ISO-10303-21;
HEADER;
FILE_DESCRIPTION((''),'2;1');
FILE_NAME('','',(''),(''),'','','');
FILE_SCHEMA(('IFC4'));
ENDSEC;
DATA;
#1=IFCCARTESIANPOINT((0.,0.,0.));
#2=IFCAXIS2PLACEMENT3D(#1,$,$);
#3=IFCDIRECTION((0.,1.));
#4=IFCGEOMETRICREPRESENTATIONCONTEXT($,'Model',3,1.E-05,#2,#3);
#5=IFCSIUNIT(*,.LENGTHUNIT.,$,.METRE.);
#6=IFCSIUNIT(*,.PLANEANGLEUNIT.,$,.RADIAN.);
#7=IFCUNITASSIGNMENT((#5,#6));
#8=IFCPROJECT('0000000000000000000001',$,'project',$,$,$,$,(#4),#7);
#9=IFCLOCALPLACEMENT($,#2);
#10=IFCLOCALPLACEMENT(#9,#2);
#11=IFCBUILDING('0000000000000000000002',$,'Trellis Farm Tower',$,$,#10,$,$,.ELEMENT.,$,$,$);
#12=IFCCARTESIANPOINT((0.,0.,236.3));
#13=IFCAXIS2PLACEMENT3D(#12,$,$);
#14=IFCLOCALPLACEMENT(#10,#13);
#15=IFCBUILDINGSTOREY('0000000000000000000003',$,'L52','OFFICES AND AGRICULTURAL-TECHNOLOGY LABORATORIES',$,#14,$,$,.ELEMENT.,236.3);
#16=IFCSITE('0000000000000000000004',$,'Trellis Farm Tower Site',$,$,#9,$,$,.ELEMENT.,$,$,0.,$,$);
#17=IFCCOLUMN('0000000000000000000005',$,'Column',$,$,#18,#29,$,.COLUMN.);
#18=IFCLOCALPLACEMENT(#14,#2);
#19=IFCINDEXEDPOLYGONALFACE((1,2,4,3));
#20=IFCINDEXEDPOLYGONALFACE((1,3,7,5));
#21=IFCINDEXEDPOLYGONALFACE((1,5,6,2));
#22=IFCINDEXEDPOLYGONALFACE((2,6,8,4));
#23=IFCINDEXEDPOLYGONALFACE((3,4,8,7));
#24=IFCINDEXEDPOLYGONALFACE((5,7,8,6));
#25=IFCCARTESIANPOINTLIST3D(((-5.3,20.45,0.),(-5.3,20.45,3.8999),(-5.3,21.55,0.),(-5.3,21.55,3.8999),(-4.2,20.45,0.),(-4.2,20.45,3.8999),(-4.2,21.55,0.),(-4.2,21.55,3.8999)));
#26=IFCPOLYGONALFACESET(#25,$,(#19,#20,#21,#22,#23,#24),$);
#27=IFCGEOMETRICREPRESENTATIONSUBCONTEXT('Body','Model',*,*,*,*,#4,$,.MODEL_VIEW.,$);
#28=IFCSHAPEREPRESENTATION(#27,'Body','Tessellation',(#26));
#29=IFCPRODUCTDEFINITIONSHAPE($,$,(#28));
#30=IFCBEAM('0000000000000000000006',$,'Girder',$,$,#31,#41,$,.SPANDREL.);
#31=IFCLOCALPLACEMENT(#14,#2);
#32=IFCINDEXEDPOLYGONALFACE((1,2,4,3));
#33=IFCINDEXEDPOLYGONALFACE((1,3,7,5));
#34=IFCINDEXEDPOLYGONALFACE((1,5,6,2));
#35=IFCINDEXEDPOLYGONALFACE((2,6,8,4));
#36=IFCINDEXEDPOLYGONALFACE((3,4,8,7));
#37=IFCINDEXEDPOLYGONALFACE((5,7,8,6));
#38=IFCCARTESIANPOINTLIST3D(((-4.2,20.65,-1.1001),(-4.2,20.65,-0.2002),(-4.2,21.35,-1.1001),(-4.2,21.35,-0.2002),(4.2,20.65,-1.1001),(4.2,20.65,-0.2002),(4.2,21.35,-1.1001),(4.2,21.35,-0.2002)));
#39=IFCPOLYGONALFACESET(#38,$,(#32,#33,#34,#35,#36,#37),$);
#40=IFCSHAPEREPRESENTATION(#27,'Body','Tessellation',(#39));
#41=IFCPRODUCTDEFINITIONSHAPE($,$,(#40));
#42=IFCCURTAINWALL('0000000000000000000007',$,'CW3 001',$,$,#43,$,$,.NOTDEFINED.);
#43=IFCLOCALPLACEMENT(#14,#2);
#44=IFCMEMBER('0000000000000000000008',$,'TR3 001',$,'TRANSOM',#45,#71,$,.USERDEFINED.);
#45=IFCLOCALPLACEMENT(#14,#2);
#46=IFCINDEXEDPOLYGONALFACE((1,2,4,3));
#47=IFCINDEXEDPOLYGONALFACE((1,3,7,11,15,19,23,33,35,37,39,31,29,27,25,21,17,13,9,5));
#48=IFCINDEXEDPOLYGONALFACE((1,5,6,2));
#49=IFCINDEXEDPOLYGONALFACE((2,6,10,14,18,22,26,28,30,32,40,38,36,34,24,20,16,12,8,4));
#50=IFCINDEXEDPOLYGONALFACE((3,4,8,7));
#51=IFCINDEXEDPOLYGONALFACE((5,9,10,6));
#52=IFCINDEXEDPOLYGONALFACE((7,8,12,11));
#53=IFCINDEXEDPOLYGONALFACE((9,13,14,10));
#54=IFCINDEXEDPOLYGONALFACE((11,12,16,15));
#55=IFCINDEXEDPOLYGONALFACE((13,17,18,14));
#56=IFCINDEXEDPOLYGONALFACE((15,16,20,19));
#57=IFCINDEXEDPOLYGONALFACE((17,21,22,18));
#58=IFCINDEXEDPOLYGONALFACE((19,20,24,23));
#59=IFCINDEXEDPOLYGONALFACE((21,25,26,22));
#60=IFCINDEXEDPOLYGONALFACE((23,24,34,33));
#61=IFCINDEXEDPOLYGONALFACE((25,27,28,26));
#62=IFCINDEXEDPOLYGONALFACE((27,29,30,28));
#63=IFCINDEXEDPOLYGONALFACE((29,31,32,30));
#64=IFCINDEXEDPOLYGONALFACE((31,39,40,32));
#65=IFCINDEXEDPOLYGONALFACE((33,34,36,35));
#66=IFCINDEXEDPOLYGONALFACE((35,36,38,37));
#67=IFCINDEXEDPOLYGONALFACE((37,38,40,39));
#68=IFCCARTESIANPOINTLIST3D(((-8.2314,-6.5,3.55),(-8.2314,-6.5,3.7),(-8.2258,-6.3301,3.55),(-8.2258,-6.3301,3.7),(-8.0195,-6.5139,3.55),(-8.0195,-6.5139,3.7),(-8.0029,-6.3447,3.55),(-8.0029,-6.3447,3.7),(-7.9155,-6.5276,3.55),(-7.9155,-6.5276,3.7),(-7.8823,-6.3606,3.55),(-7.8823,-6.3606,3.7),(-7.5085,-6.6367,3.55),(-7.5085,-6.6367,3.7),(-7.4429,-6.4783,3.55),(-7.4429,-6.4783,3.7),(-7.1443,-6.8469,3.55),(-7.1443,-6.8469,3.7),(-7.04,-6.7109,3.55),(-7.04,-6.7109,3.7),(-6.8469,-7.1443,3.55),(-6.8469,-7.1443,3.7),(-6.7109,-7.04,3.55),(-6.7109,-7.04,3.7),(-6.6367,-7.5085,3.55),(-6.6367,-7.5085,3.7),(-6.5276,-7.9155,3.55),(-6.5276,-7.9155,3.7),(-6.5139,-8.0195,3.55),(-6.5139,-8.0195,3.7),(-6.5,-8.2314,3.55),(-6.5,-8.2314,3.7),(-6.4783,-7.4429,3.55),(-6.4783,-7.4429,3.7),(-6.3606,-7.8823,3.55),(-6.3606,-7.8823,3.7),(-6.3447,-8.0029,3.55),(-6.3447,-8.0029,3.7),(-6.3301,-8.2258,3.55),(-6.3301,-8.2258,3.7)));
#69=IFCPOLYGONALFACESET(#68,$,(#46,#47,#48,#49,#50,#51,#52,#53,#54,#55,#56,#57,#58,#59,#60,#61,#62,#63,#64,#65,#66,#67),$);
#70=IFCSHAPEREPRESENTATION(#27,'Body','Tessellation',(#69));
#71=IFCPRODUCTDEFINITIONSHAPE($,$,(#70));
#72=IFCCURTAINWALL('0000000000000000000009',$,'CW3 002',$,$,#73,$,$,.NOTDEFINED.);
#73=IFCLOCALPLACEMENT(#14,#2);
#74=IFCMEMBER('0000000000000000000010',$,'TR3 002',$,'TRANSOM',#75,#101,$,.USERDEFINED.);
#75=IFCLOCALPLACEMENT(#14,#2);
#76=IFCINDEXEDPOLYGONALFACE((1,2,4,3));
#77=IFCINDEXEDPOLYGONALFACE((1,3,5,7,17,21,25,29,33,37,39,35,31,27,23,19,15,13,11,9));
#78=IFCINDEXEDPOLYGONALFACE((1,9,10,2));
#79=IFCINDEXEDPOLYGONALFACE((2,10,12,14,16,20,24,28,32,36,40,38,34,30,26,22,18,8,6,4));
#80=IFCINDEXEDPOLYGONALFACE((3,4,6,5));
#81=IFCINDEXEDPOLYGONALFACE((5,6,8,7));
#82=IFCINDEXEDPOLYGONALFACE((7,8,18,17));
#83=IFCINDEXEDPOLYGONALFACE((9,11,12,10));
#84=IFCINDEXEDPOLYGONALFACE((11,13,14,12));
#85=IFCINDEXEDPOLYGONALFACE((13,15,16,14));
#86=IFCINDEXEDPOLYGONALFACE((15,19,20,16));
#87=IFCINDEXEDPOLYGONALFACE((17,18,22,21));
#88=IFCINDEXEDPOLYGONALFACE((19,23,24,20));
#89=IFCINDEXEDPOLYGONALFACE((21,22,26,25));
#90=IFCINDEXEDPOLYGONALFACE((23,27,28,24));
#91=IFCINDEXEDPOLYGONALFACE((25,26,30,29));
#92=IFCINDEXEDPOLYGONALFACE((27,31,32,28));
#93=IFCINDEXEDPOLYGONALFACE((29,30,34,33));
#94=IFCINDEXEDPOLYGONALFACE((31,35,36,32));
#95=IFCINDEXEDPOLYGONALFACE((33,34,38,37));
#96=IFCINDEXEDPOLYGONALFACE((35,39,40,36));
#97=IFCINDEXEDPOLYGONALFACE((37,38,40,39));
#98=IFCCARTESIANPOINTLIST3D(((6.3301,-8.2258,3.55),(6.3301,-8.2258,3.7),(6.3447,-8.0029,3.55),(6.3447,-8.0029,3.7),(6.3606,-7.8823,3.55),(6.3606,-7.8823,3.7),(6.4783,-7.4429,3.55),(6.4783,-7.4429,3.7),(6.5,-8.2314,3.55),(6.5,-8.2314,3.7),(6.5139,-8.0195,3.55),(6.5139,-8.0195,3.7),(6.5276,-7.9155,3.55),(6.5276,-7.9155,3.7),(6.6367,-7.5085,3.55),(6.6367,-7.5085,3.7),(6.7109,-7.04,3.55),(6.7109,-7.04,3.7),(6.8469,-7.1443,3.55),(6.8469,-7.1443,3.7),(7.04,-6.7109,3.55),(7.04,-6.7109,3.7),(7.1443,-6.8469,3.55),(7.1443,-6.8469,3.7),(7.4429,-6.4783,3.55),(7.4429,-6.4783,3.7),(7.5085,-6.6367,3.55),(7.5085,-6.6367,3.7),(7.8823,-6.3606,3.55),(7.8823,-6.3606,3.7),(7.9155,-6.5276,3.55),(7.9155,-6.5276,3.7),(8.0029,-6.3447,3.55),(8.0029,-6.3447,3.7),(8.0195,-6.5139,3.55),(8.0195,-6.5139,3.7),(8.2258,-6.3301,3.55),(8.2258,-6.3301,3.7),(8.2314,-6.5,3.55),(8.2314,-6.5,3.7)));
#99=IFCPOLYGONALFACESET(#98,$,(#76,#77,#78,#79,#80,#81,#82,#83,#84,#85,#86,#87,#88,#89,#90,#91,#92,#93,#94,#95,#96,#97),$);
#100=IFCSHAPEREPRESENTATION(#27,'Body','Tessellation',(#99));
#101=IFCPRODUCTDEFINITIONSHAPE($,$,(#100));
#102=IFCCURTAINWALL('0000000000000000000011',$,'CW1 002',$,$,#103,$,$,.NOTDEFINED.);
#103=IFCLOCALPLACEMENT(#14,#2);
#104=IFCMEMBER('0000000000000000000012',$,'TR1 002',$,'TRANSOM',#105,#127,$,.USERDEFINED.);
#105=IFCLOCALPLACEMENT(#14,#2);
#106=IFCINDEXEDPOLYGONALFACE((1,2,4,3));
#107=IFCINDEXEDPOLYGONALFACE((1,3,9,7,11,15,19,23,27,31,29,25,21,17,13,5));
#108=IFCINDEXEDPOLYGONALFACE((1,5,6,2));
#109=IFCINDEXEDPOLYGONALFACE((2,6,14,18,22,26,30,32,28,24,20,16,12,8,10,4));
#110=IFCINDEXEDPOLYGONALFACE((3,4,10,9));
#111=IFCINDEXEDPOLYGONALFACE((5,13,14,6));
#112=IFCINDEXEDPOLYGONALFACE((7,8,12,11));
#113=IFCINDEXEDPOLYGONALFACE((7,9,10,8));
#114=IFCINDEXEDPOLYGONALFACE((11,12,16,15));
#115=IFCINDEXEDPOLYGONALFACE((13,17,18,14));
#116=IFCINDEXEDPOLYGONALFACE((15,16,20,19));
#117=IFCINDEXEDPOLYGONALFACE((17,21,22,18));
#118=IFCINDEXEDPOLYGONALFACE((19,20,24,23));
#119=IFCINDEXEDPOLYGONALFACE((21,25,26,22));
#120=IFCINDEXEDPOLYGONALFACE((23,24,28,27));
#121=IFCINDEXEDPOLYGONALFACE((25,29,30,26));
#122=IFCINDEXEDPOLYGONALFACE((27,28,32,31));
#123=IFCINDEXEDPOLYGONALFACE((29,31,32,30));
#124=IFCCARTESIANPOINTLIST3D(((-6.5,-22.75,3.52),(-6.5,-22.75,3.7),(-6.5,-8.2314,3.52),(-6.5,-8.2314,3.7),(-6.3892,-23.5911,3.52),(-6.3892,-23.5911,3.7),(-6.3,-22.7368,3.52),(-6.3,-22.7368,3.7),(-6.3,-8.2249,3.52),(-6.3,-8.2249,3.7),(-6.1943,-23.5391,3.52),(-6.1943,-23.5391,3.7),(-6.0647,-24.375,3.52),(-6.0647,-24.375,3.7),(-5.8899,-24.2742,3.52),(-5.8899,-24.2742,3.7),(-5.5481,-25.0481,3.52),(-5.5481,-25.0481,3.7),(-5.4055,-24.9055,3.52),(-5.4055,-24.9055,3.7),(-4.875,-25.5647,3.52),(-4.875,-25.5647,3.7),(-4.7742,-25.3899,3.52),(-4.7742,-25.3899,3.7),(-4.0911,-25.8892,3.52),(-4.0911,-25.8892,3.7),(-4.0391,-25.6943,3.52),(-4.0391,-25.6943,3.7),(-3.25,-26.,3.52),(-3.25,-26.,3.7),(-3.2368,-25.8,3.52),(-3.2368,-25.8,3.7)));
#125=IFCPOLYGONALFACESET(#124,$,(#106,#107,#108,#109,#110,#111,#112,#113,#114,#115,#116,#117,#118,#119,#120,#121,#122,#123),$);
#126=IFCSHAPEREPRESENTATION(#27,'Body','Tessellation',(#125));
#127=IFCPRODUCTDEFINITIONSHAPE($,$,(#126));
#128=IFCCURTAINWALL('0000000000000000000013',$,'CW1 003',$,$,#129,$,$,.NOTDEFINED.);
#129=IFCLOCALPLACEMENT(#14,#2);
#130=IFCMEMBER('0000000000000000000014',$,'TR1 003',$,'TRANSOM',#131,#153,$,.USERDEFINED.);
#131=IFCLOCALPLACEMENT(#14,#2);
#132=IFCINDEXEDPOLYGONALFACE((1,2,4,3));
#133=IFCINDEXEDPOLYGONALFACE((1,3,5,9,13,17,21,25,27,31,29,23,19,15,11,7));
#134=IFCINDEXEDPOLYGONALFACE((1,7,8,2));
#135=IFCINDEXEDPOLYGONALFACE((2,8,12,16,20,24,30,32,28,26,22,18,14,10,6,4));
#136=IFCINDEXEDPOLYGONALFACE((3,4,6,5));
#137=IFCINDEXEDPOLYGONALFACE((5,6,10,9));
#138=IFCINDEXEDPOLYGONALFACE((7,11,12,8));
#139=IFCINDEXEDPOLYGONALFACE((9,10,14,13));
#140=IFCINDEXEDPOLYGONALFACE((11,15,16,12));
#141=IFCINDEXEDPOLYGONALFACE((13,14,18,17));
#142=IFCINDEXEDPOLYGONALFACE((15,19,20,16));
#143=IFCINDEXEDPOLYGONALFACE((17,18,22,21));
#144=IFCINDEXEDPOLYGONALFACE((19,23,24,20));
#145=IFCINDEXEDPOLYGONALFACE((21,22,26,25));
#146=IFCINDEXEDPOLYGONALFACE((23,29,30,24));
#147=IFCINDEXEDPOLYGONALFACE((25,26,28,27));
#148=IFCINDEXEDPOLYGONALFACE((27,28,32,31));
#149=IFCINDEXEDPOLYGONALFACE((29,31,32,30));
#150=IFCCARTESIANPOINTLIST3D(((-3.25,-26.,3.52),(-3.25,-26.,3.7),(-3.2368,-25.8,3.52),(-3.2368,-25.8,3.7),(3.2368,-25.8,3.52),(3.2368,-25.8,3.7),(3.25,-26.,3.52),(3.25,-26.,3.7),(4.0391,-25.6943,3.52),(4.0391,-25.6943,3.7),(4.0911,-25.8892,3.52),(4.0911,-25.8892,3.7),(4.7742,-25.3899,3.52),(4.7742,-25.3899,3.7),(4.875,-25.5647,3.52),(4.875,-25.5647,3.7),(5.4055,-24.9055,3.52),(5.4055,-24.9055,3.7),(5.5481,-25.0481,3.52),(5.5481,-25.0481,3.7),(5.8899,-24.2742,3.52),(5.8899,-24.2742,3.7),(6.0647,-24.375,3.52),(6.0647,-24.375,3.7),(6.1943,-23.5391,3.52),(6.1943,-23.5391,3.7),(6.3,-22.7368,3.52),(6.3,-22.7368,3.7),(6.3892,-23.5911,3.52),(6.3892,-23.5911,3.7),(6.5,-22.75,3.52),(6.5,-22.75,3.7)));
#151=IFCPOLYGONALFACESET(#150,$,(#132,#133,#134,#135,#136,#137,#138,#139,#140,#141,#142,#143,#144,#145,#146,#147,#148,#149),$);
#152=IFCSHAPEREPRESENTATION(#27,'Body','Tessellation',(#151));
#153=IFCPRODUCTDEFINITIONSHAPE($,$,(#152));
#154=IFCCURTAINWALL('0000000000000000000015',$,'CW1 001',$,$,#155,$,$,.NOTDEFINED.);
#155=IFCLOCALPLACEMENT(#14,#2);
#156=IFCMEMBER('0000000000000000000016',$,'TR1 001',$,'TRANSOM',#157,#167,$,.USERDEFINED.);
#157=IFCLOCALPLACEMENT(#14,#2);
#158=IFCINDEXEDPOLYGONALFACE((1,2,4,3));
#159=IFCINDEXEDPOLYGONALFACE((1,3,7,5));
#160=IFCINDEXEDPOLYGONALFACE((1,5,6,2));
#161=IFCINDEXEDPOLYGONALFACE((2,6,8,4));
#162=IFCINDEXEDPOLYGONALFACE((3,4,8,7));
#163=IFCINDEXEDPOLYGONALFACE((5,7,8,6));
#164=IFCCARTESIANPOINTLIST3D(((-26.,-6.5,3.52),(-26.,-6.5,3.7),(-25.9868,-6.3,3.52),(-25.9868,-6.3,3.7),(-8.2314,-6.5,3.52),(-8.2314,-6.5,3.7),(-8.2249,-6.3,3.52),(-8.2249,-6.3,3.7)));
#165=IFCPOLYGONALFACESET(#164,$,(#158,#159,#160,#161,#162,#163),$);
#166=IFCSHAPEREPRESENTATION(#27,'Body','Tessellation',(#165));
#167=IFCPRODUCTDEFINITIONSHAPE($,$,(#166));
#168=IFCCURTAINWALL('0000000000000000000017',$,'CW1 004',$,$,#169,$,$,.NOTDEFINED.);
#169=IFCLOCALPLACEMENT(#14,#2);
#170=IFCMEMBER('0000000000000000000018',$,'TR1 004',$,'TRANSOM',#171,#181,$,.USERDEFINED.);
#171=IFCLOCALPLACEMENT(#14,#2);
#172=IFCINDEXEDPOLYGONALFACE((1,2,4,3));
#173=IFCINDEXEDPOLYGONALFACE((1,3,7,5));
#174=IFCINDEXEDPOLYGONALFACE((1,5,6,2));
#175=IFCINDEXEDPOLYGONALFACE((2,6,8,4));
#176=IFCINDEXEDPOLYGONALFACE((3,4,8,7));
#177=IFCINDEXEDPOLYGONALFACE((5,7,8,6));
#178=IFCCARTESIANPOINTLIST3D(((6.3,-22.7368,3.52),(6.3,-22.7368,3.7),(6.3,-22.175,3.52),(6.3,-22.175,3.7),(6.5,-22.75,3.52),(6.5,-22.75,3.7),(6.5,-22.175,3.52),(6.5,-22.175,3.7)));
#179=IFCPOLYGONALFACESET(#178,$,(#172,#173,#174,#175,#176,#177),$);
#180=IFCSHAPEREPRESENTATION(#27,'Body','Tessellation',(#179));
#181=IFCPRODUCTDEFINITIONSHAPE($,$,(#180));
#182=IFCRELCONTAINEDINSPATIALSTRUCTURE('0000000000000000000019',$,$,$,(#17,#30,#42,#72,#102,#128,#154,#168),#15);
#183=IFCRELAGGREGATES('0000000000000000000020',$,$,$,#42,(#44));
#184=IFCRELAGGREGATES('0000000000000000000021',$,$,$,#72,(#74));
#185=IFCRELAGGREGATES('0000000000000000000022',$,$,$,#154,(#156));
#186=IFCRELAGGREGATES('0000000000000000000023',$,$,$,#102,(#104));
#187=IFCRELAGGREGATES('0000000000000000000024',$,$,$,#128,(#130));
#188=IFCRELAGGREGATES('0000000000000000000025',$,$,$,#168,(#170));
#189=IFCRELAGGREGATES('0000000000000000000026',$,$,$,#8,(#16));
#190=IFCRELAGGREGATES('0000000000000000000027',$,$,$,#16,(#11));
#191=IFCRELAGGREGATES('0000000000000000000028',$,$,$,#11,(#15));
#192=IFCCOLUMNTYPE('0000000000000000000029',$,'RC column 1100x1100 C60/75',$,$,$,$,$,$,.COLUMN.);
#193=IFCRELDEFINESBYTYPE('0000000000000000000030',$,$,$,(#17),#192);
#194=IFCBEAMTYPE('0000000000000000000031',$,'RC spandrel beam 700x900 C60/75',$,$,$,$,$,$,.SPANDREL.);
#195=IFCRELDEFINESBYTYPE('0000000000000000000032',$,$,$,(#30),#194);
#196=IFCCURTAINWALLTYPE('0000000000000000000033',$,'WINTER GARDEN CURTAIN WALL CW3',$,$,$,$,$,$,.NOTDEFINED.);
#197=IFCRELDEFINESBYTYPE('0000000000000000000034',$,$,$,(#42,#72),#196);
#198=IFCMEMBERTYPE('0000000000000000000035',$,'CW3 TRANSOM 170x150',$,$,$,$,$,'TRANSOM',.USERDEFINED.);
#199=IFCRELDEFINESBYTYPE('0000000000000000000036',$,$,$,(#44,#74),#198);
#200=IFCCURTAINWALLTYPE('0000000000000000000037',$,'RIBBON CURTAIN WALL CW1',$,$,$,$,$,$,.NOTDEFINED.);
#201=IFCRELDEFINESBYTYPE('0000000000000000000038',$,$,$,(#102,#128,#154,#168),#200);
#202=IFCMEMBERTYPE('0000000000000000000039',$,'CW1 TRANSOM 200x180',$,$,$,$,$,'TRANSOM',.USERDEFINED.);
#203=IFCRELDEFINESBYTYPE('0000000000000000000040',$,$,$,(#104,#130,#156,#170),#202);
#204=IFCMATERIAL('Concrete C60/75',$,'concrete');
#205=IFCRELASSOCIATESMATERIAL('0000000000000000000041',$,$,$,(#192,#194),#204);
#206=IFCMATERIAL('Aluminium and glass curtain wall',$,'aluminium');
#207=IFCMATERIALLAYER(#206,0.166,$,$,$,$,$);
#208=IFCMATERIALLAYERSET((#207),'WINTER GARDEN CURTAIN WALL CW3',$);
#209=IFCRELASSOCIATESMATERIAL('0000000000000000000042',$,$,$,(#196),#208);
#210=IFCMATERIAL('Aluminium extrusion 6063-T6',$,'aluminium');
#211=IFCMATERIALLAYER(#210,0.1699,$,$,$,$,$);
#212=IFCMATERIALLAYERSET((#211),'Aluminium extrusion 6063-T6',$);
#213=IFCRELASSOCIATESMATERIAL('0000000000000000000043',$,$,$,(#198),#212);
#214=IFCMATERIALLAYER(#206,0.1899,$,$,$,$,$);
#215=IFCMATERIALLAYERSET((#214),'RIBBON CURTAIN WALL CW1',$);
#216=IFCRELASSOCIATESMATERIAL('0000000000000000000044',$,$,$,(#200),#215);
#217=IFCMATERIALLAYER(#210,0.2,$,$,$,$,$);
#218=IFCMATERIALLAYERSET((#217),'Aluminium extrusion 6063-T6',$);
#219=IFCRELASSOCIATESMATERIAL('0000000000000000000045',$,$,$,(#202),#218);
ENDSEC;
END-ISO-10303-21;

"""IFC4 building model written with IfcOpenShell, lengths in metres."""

from ifc_helpers import new_model, si_unit, direction, frame, origin, origin_2d, place, context, subcontext, project, spatial, polyline, rectangle, outline, extrude, source, transform, mapped, material, layer, layer_set, material_profile, profile_set, type_object, element, aggregate, save


model = new_model("IFC4")

# Units and contexts
model_context = context("Model", 3, precision=1e-05, world=origin(), true_north=direction((0.0, 1.0)))
body_context = subcontext(model_context, "Body", "Model", "MODEL_VIEW")
ifc_project = project(units=[si_unit("LENGTHUNIT", "METRE"), si_unit("PLANEANGLEUNIT", "RADIAN")], contexts=[model_context])

# Site, building, storey
site_placement = place(None, origin())
site = spatial("IfcSite", under=ifc_project, at=site_placement, Name="Trellis Farm Tower Site", CompositionType="ELEMENT", RefElevation=0.0)
building_placement = place(site_placement, origin())
building = spatial("IfcBuilding", under=site, at=building_placement, Name="Trellis Farm Tower", CompositionType="ELEMENT")
storey_placement = place(building_placement, frame((0.0, 0.0, 236.3)))
storey = spatial("IfcBuildingStorey", under=building, at=storey_placement, Name="L52", Description="OFFICES AND AGRICULTURAL-TECHNOLOGY LABORATORIES", CompositionType="ELEMENT", Elevation=236.3)

# Column
ifc_material_1 = material(Name="Concrete C60/75", Category="concrete")
ifc_material_profile_1 = material_profile(ifc_material_1, rectangle(XDim=1.1001, YDim=1.1001, at=origin_2d()), Name="RC column 1100x1100 C60/75")
ifc_profile_set_1 = profile_set([ifc_material_profile_1], Name="Concrete C60/75")
column_type = type_object("IfcColumnType", Name="RC column 1100x1100 C60/75", PredefinedType="COLUMN", material=ifc_profile_set_1)
shared_shape_1 = source(origin(), body_context, "Body", "SweptSolid", [
    extrude(rectangle(XDim=1.1001, YDim=1.1001, at=origin_2d()), origin(), (0.0, 0.0, 1.0), 3.8999),
])
column_placement = place(storey_placement, frame((-4.75, 21.0, 0.0), z_axis=(0.0, 0.0, 1.0), x_axis=(1.0, 0.0, 0.0)))
element("IfcColumn", 1, at=column_placement, inside=storey, type_object=column_type, Name="Column", PredefinedType="COLUMN", context=body_context, shape_type="MappedRepresentation", body=[
    mapped(shared_shape_1, transform((0.0, 0.0, 0.0))),
])

# Beam
ifc_material_profile_2 = material_profile(ifc_material_1, rectangle(XDim=0.7, YDim=0.8999, at=origin_2d()), Name="RC spandrel beam 700x900 C60/75")
ifc_profile_set_2 = profile_set([ifc_material_profile_2], Name="Concrete C60/75")
beam_type = type_object("IfcBeamType", Name="RC spandrel beam 700x900 C60/75", PredefinedType="SPANDREL", material=ifc_profile_set_2)
shared_shape_2 = source(origin(), body_context, "Body", "SweptSolid", [
    extrude(rectangle(XDim=0.7, YDim=0.8999, at=origin_2d()), origin(), (0.0, 0.0, 1.0), 8.3999),
])
beam_placement = place(storey_placement, frame((-4.2, 21.0, -0.6501), z_axis=(1.0, 0.0, 0.0), x_axis=(0.0, 1.0, 0.0)))
element("IfcBeam", 2, at=beam_placement, inside=storey, type_object=beam_type, Name="Girder", PredefinedType="SPANDREL", context=body_context, shape_type="MappedRepresentation", body=[
    mapped(shared_shape_2, transform((0.0, 0.0, 0.0))),
])

# Curtain walls, members
ifc_material_2 = material(Name="Aluminium and glass curtain wall", Category="aluminium")
ifc_layer_1 = layer(ifc_material_2, 0.166)
ifc_layer_set_1 = layer_set([ifc_layer_1], Name="WINTER GARDEN CURTAIN WALL CW3")
curtain_wall_type_1 = type_object("IfcCurtainWallType", Name="WINTER GARDEN CURTAIN WALL CW3", PredefinedType="NOTDEFINED", material=ifc_layer_set_1)
placement_1 = place(storey_placement, origin())
curtain_wall_1 = element("IfcCurtainWall", 3, at=placement_1, inside=storey, type_object=curtain_wall_type_1, Name="CW3 001", PredefinedType="NOTDEFINED")
ifc_material_3 = material(Name="Aluminium extrusion 6063-T6", Category="aluminium")
ifc_layer_2 = layer(ifc_material_3, 0.1699)
ifc_layer_set_2 = layer_set([ifc_layer_2], Name="Aluminium extrusion 6063-T6")
member_type_1 = type_object("IfcMemberType", Name="CW3 TRANSOM 170x150", ElementType="TRANSOM", PredefinedType="USERDEFINED", material=ifc_layer_set_2)
shared_shape_3 = source(origin(), body_context, "Body", "SweptSolid", [
    extrude(outline(polyline([(-8.2314, -6.5), (-8.0195, -6.5139), (-7.9155, -6.5276), (-7.5085, -6.6367), (-7.1443, -6.8469), (-6.8469, -7.1443), (-6.6367, -7.5085), (-6.5276, -7.9155), (-6.5139, -8.0195), (-6.5, -8.2314), (-6.3301, -8.2258), (-6.3447, -8.0029), (-6.3606, -7.8823), (-6.4783, -7.4429), (-6.7109, -7.04), (-7.04, -6.7109), (-7.4429, -6.4783), (-7.8823, -6.3606), (-8.0029, -6.3447), (-8.2258, -6.3301), (-8.2314, -6.5)])), origin(), (0.0, 0.0, 1.0), 0.1499),
])
placement_2 = place(storey_placement, frame((0.0, 0.0, 3.55)))
member_1 = element("IfcMember", 4, at=placement_2, type_object=member_type_1, Name="TR3 001", ObjectType="TRANSOM", PredefinedType="USERDEFINED", context=body_context, shape_type="MappedRepresentation", body=[
    mapped(shared_shape_3, transform((0.0, 0.0, 0.0))),
])
curtain_wall_2 = element("IfcCurtainWall", 5, at=placement_1, inside=storey, type_object=curtain_wall_type_1, Name="CW3 002", PredefinedType="NOTDEFINED")
shared_shape_4 = source(origin(), body_context, "Body", "SweptSolid", [
    extrude(outline(polyline([(6.5, -8.2314), (6.5139, -8.0195), (6.5276, -7.9155), (6.6367, -7.5085), (6.8469, -7.1443), (7.1443, -6.8469), (7.5085, -6.6367), (7.9155, -6.5276), (8.0195, -6.5139), (8.2314, -6.5), (8.2258, -6.3301), (8.0029, -6.3447), (7.8823, -6.3606), (7.4429, -6.4783), (7.04, -6.7109), (6.7109, -7.04), (6.4783, -7.4429), (6.3606, -7.8823), (6.3447, -8.0029), (6.3301, -8.2258), (6.5, -8.2314)])), origin(), (0.0, 0.0, 1.0), 0.1499),
])
member_2 = element("IfcMember", 6, at=placement_2, type_object=member_type_1, Name="TR3 002", ObjectType="TRANSOM", PredefinedType="USERDEFINED", context=body_context, shape_type="MappedRepresentation", body=[
    mapped(shared_shape_4, transform((0.0, 0.0, 0.0))),
])
ifc_layer_3 = layer(ifc_material_2, 0.1899)
ifc_layer_set_3 = layer_set([ifc_layer_3], Name="RIBBON CURTAIN WALL CW1")
curtain_wall_type_2 = type_object("IfcCurtainWallType", Name="RIBBON CURTAIN WALL CW1", PredefinedType="NOTDEFINED", material=ifc_layer_set_3)
curtain_wall_3 = element("IfcCurtainWall", 7, at=placement_1, inside=storey, type_object=curtain_wall_type_2, Name="CW1 002", PredefinedType="NOTDEFINED")
ifc_layer_4 = layer(ifc_material_3, 0.2)
ifc_layer_set_4 = layer_set([ifc_layer_4], Name="Aluminium extrusion 6063-T6")
member_type_2 = type_object("IfcMemberType", Name="CW1 TRANSOM 200x180", ElementType="TRANSOM", PredefinedType="USERDEFINED", material=ifc_layer_set_4)
shared_shape_5 = source(origin(), body_context, "Body", "SweptSolid", [
    extrude(outline(polyline([(-6.5, -8.2314), (-6.5, -22.75), (-6.3892, -23.5911), (-6.0647, -24.375), (-5.5481, -25.0481), (-4.875, -25.5647), (-4.0911, -25.8892), (-3.25, -26.0), (-3.2368, -25.8), (-4.0391, -25.6943), (-4.7742, -25.3899), (-5.4055, -24.9055), (-5.8899, -24.2742), (-6.1943, -23.5391), (-6.3, -22.7368), (-6.3, -8.2249), (-6.5, -8.2314)])), origin(), (0.0, 0.0, 1.0), 0.1799),
])
placement_3 = place(storey_placement, frame((0.0, 0.0, 3.52)))
member_3 = element("IfcMember", 8, at=placement_3, type_object=member_type_2, Name="TR1 002", ObjectType="TRANSOM", PredefinedType="USERDEFINED", context=body_context, shape_type="MappedRepresentation", body=[
    mapped(shared_shape_5, transform((0.0, 0.0, 0.0))),
])
curtain_wall_4 = element("IfcCurtainWall", 9, at=placement_1, inside=storey, type_object=curtain_wall_type_2, Name="CW1 003", PredefinedType="NOTDEFINED")
shared_shape_6 = source(origin(), body_context, "Body", "SweptSolid", [
    extrude(outline(polyline([(-3.25, -26.0), (3.25, -26.0), (4.0911, -25.8892), (4.875, -25.5647), (5.5481, -25.0481), (6.0647, -24.375), (6.3892, -23.5911), (6.5, -22.75), (6.3, -22.7368), (6.1943, -23.5391), (5.8899, -24.2742), (5.4055, -24.9055), (4.7742, -25.3899), (4.0391, -25.6943), (3.2368, -25.8), (-3.2368, -25.8), (-3.25, -26.0)])), origin(), (0.0, 0.0, 1.0), 0.1799),
])
member_4 = element("IfcMember", 10, at=placement_3, type_object=member_type_2, Name="TR1 003", ObjectType="TRANSOM", PredefinedType="USERDEFINED", context=body_context, shape_type="MappedRepresentation", body=[
    mapped(shared_shape_6, transform((0.0, 0.0, 0.0))),
])
curtain_wall_5 = element("IfcCurtainWall", 11, at=placement_1, inside=storey, type_object=curtain_wall_type_2, Name="CW1 001", PredefinedType="NOTDEFINED")
shared_shape_7 = source(origin(), body_context, "Body", "SweptSolid", [
    extrude(outline(polyline([(-26.0, -6.5), (-8.2314, -6.5), (-8.2249, -6.3), (-25.9868, -6.3), (-26.0, -6.5)])), origin(), (0.0, 0.0, 1.0), 0.1799),
])
member_5 = element("IfcMember", 12, at=placement_3, type_object=member_type_2, Name="TR1 001", ObjectType="TRANSOM", PredefinedType="USERDEFINED", context=body_context, shape_type="MappedRepresentation", body=[
    mapped(shared_shape_7, transform((0.0, 0.0, 0.0))),
])
curtain_wall_6 = element("IfcCurtainWall", 13, at=placement_1, inside=storey, type_object=curtain_wall_type_2, Name="CW1 004", PredefinedType="NOTDEFINED")
shared_shape_8 = source(origin(), body_context, "Body", "SweptSolid", [
    extrude(outline(polyline([(6.5, -22.75), (6.5, -22.175), (6.3, -22.175), (6.3, -22.7368), (6.5, -22.75)])), origin(), (0.0, 0.0, 1.0), 0.1799),
])
member_6 = element("IfcMember", 14, at=placement_3, type_object=member_type_2, Name="TR1 004", ObjectType="TRANSOM", PredefinedType="USERDEFINED", context=body_context, shape_type="MappedRepresentation", body=[
    mapped(shared_shape_8, transform((0.0, 0.0, 0.0))),
])

aggregate(curtain_wall_1, [member_1])
aggregate(curtain_wall_2, [member_2])
aggregate(curtain_wall_5, [member_5])
aggregate(curtain_wall_3, [member_3])
aggregate(curtain_wall_4, [member_4])
aggregate(curtain_wall_6, [member_6])

save(model, "model.ifc")
